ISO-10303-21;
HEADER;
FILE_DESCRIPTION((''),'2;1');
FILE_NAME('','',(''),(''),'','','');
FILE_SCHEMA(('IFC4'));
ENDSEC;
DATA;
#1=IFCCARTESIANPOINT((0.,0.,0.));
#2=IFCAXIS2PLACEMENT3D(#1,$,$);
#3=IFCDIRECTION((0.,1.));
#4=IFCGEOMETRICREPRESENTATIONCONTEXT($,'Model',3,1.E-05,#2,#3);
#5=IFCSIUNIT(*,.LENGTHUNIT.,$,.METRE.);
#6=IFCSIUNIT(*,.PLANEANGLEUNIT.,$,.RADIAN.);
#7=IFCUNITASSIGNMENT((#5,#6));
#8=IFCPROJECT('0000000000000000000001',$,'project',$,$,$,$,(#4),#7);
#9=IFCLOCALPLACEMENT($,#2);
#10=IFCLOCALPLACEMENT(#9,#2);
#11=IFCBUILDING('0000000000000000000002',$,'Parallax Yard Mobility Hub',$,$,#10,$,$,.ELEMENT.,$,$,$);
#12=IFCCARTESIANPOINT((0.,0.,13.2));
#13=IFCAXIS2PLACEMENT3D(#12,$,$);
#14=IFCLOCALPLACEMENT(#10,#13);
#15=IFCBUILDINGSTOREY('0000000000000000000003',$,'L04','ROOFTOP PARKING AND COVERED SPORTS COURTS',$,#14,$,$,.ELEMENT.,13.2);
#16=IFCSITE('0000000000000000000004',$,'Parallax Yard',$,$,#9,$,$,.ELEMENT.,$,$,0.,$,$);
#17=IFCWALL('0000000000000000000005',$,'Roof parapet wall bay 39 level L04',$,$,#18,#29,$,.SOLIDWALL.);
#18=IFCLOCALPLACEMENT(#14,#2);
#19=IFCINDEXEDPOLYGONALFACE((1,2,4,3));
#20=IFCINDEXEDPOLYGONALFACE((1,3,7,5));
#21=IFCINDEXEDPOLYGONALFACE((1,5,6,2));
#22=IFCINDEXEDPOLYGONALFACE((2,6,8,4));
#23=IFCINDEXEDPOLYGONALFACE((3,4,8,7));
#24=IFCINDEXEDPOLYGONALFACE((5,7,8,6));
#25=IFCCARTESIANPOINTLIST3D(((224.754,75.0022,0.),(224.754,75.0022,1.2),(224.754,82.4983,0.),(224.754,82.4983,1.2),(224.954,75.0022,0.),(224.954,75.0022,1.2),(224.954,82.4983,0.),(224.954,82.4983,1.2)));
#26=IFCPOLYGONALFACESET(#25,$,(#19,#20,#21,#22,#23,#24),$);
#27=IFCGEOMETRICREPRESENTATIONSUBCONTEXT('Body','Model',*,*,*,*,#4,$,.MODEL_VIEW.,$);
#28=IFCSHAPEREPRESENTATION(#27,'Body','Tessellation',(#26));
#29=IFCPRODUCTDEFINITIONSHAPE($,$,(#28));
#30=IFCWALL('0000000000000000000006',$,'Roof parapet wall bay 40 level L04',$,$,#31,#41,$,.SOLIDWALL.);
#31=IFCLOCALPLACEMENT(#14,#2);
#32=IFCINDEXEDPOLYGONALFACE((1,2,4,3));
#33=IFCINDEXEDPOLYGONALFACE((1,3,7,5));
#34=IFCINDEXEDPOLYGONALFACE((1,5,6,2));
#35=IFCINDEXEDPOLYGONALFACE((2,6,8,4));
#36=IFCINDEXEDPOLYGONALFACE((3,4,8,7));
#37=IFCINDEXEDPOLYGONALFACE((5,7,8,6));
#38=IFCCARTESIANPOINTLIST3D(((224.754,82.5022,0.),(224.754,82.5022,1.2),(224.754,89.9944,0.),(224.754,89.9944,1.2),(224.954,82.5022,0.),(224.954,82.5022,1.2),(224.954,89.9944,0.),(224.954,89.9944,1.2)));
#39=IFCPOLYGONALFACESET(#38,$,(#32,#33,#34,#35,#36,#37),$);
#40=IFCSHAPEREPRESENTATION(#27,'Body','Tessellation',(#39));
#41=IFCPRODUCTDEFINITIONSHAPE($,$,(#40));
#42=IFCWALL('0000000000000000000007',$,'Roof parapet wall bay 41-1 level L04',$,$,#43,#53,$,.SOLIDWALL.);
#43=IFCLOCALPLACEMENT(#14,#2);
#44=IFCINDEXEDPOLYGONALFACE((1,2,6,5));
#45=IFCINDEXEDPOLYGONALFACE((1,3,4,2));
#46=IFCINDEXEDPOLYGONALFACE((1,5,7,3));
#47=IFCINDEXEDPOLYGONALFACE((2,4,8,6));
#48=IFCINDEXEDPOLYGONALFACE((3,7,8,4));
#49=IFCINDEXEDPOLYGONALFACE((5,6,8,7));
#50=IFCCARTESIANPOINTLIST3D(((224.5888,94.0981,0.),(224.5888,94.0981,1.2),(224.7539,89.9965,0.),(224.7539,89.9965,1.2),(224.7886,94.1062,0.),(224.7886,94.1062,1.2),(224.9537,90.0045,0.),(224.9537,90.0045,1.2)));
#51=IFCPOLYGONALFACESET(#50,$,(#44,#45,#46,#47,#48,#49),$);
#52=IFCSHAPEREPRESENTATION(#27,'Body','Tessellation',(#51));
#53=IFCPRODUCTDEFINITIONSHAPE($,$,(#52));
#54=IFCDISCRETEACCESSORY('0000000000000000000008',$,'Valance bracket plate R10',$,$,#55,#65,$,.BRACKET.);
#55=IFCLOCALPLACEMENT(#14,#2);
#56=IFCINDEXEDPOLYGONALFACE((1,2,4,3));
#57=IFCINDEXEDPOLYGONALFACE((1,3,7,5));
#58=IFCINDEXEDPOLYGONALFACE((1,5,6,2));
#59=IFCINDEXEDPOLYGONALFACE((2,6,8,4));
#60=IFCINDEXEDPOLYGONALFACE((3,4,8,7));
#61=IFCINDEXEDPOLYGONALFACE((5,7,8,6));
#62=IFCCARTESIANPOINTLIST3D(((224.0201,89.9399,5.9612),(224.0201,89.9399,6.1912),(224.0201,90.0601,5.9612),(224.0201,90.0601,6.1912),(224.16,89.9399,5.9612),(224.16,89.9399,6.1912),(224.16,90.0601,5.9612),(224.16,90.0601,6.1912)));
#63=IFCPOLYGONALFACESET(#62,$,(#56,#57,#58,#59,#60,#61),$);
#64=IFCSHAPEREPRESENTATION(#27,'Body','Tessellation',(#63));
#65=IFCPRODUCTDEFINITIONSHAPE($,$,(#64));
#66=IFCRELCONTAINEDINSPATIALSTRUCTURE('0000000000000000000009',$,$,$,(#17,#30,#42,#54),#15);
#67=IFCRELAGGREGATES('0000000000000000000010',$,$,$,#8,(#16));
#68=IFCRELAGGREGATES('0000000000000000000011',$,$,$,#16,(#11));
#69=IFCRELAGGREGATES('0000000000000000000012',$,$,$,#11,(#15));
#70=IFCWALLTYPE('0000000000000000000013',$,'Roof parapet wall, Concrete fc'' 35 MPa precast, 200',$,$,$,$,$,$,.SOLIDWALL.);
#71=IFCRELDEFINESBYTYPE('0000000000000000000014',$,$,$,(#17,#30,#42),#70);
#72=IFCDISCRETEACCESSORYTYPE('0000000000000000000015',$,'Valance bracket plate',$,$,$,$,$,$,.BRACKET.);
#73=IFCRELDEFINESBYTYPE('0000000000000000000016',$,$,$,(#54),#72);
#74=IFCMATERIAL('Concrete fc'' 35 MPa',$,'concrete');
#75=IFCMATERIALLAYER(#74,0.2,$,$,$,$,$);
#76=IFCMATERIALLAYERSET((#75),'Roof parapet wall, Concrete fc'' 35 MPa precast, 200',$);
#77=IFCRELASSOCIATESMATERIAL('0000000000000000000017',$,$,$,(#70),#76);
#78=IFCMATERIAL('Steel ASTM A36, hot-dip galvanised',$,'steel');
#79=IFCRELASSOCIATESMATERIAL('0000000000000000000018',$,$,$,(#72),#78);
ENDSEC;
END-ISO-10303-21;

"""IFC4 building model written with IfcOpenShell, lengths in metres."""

from ifc_helpers import new_model, si_unit, direction, frame, frame_2d, origin, origin_2d, place, context, subcontext, project, spatial, rectangle, extrude, material, layer, layer_set, type_object, element, save


model = new_model("IFC4")

# Units and contexts
model_context = context("Model", 3, precision=1e-05, world=origin(), true_north=direction((0.0, 1.0)))
body_context = subcontext(model_context, "Body", "Model", "MODEL_VIEW")
ifc_project = project(units=[si_unit("LENGTHUNIT", "METRE"), si_unit("PLANEANGLEUNIT", "RADIAN")], contexts=[model_context])

# Site, building, storey
site_placement = place(None, origin())
site = spatial("IfcSite", under=ifc_project, at=site_placement, Name="Parallax Yard", CompositionType="ELEMENT", RefElevation=0.0)
building_placement = place(site_placement, origin())
building = spatial("IfcBuilding", under=site, at=building_placement, Name="Parallax Yard Mobility Hub", CompositionType="ELEMENT")
storey_placement = place(building_placement, frame((0.0, 0.0, 13.2)))
storey = spatial("IfcBuildingStorey", under=building, at=storey_placement, Name="L04", Description="ROOFTOP PARKING AND COVERED SPORTS COURTS", CompositionType="ELEMENT", Elevation=13.2)

# Walls
ifc_material_1 = material(Name="Concrete fc' 35 MPa", Category="concrete")
ifc_layer = layer(ifc_material_1, 0.2)
ifc_layer_set = layer_set([ifc_layer], Name="Roof parapet wall, Concrete fc' 35 MPa precast, 200")
wall_type = type_object("IfcWallType", Name="Roof parapet wall, Concrete fc' 35 MPa precast, 200", PredefinedType="SOLIDWALL", material=ifc_layer_set)
wall_1_placement = place(storey_placement, frame((224.854, 75.0022, 0.0), z_axis=(0.0, 0.0, 1.0), x_axis=(0.0, 1.0, 0.0)))
element("IfcWall", 1, at=wall_1_placement, inside=storey, type_object=wall_type, Name="Roof parapet wall bay 39 level L04", PredefinedType="SOLIDWALL", context=body_context, shape_type="SweptSolid", body=[
    extrude(rectangle(XDim=7.4961, YDim=0.2, at=frame_2d((3.748, 0.0))), origin(), (0.0, 0.0, 1.0), 1.2),
])
wall_2_placement = place(storey_placement, frame((224.854, 82.5022, 0.0), z_axis=(0.0, 0.0, 1.0), x_axis=(0.0, 1.0, 0.0)))
element("IfcWall", 2, at=wall_2_placement, inside=storey, type_object=wall_type, Name="Roof parapet wall bay 40 level L04", PredefinedType="SOLIDWALL", context=body_context, shape_type="SweptSolid", body=[
    extrude(rectangle(XDim=7.4922, YDim=0.2, at=frame_2d((3.7461, 0.0))), origin(), (0.0, 0.0, 1.0), 1.2),
])
wall_3_placement = place(storey_placement, frame((224.8538, 90.0005, 0.0), z_axis=(0.0, 0.0, 1.0), x_axis=(-0.040206, 0.999191, 0.0)))
element("IfcWall", 3, at=wall_3_placement, inside=storey, type_object=wall_type, Name="Roof parapet wall bay 41-1 level L04", PredefinedType="SOLIDWALL", context=body_context, shape_type="SweptSolid", body=[
    extrude(rectangle(XDim=4.105, YDim=0.2, at=frame_2d((2.0525, 0.0))), origin(), (0.0, 0.0, 1.0), 1.2),
])

# Discrete accessory
ifc_material_2 = material(Name="Steel ASTM A36, hot-dip galvanised", Category="steel")
discrete_accessory_type = type_object("IfcDiscreteAccessoryType", Name="Valance bracket plate", PredefinedType="BRACKET", material=ifc_material_2)
discrete_accessory_placement = place(storey_placement, frame((224.0901, 90.0, 5.9612), z_axis=(0.0, 0.0, 1.0), x_axis=(1.0, 0.0, 0.0)))
element("IfcDiscreteAccessory", 4, at=discrete_accessory_placement, inside=storey, type_object=discrete_accessory_type, Name="Valance bracket plate R10", PredefinedType="BRACKET", context=body_context, shape_type="SweptSolid", body=[
    extrude(rectangle(XDim=0.1399, YDim=0.1201, at=origin_2d()), origin(), (0.0, 0.0, 1.0), 0.23),
])

save(model, "model.ifc")
